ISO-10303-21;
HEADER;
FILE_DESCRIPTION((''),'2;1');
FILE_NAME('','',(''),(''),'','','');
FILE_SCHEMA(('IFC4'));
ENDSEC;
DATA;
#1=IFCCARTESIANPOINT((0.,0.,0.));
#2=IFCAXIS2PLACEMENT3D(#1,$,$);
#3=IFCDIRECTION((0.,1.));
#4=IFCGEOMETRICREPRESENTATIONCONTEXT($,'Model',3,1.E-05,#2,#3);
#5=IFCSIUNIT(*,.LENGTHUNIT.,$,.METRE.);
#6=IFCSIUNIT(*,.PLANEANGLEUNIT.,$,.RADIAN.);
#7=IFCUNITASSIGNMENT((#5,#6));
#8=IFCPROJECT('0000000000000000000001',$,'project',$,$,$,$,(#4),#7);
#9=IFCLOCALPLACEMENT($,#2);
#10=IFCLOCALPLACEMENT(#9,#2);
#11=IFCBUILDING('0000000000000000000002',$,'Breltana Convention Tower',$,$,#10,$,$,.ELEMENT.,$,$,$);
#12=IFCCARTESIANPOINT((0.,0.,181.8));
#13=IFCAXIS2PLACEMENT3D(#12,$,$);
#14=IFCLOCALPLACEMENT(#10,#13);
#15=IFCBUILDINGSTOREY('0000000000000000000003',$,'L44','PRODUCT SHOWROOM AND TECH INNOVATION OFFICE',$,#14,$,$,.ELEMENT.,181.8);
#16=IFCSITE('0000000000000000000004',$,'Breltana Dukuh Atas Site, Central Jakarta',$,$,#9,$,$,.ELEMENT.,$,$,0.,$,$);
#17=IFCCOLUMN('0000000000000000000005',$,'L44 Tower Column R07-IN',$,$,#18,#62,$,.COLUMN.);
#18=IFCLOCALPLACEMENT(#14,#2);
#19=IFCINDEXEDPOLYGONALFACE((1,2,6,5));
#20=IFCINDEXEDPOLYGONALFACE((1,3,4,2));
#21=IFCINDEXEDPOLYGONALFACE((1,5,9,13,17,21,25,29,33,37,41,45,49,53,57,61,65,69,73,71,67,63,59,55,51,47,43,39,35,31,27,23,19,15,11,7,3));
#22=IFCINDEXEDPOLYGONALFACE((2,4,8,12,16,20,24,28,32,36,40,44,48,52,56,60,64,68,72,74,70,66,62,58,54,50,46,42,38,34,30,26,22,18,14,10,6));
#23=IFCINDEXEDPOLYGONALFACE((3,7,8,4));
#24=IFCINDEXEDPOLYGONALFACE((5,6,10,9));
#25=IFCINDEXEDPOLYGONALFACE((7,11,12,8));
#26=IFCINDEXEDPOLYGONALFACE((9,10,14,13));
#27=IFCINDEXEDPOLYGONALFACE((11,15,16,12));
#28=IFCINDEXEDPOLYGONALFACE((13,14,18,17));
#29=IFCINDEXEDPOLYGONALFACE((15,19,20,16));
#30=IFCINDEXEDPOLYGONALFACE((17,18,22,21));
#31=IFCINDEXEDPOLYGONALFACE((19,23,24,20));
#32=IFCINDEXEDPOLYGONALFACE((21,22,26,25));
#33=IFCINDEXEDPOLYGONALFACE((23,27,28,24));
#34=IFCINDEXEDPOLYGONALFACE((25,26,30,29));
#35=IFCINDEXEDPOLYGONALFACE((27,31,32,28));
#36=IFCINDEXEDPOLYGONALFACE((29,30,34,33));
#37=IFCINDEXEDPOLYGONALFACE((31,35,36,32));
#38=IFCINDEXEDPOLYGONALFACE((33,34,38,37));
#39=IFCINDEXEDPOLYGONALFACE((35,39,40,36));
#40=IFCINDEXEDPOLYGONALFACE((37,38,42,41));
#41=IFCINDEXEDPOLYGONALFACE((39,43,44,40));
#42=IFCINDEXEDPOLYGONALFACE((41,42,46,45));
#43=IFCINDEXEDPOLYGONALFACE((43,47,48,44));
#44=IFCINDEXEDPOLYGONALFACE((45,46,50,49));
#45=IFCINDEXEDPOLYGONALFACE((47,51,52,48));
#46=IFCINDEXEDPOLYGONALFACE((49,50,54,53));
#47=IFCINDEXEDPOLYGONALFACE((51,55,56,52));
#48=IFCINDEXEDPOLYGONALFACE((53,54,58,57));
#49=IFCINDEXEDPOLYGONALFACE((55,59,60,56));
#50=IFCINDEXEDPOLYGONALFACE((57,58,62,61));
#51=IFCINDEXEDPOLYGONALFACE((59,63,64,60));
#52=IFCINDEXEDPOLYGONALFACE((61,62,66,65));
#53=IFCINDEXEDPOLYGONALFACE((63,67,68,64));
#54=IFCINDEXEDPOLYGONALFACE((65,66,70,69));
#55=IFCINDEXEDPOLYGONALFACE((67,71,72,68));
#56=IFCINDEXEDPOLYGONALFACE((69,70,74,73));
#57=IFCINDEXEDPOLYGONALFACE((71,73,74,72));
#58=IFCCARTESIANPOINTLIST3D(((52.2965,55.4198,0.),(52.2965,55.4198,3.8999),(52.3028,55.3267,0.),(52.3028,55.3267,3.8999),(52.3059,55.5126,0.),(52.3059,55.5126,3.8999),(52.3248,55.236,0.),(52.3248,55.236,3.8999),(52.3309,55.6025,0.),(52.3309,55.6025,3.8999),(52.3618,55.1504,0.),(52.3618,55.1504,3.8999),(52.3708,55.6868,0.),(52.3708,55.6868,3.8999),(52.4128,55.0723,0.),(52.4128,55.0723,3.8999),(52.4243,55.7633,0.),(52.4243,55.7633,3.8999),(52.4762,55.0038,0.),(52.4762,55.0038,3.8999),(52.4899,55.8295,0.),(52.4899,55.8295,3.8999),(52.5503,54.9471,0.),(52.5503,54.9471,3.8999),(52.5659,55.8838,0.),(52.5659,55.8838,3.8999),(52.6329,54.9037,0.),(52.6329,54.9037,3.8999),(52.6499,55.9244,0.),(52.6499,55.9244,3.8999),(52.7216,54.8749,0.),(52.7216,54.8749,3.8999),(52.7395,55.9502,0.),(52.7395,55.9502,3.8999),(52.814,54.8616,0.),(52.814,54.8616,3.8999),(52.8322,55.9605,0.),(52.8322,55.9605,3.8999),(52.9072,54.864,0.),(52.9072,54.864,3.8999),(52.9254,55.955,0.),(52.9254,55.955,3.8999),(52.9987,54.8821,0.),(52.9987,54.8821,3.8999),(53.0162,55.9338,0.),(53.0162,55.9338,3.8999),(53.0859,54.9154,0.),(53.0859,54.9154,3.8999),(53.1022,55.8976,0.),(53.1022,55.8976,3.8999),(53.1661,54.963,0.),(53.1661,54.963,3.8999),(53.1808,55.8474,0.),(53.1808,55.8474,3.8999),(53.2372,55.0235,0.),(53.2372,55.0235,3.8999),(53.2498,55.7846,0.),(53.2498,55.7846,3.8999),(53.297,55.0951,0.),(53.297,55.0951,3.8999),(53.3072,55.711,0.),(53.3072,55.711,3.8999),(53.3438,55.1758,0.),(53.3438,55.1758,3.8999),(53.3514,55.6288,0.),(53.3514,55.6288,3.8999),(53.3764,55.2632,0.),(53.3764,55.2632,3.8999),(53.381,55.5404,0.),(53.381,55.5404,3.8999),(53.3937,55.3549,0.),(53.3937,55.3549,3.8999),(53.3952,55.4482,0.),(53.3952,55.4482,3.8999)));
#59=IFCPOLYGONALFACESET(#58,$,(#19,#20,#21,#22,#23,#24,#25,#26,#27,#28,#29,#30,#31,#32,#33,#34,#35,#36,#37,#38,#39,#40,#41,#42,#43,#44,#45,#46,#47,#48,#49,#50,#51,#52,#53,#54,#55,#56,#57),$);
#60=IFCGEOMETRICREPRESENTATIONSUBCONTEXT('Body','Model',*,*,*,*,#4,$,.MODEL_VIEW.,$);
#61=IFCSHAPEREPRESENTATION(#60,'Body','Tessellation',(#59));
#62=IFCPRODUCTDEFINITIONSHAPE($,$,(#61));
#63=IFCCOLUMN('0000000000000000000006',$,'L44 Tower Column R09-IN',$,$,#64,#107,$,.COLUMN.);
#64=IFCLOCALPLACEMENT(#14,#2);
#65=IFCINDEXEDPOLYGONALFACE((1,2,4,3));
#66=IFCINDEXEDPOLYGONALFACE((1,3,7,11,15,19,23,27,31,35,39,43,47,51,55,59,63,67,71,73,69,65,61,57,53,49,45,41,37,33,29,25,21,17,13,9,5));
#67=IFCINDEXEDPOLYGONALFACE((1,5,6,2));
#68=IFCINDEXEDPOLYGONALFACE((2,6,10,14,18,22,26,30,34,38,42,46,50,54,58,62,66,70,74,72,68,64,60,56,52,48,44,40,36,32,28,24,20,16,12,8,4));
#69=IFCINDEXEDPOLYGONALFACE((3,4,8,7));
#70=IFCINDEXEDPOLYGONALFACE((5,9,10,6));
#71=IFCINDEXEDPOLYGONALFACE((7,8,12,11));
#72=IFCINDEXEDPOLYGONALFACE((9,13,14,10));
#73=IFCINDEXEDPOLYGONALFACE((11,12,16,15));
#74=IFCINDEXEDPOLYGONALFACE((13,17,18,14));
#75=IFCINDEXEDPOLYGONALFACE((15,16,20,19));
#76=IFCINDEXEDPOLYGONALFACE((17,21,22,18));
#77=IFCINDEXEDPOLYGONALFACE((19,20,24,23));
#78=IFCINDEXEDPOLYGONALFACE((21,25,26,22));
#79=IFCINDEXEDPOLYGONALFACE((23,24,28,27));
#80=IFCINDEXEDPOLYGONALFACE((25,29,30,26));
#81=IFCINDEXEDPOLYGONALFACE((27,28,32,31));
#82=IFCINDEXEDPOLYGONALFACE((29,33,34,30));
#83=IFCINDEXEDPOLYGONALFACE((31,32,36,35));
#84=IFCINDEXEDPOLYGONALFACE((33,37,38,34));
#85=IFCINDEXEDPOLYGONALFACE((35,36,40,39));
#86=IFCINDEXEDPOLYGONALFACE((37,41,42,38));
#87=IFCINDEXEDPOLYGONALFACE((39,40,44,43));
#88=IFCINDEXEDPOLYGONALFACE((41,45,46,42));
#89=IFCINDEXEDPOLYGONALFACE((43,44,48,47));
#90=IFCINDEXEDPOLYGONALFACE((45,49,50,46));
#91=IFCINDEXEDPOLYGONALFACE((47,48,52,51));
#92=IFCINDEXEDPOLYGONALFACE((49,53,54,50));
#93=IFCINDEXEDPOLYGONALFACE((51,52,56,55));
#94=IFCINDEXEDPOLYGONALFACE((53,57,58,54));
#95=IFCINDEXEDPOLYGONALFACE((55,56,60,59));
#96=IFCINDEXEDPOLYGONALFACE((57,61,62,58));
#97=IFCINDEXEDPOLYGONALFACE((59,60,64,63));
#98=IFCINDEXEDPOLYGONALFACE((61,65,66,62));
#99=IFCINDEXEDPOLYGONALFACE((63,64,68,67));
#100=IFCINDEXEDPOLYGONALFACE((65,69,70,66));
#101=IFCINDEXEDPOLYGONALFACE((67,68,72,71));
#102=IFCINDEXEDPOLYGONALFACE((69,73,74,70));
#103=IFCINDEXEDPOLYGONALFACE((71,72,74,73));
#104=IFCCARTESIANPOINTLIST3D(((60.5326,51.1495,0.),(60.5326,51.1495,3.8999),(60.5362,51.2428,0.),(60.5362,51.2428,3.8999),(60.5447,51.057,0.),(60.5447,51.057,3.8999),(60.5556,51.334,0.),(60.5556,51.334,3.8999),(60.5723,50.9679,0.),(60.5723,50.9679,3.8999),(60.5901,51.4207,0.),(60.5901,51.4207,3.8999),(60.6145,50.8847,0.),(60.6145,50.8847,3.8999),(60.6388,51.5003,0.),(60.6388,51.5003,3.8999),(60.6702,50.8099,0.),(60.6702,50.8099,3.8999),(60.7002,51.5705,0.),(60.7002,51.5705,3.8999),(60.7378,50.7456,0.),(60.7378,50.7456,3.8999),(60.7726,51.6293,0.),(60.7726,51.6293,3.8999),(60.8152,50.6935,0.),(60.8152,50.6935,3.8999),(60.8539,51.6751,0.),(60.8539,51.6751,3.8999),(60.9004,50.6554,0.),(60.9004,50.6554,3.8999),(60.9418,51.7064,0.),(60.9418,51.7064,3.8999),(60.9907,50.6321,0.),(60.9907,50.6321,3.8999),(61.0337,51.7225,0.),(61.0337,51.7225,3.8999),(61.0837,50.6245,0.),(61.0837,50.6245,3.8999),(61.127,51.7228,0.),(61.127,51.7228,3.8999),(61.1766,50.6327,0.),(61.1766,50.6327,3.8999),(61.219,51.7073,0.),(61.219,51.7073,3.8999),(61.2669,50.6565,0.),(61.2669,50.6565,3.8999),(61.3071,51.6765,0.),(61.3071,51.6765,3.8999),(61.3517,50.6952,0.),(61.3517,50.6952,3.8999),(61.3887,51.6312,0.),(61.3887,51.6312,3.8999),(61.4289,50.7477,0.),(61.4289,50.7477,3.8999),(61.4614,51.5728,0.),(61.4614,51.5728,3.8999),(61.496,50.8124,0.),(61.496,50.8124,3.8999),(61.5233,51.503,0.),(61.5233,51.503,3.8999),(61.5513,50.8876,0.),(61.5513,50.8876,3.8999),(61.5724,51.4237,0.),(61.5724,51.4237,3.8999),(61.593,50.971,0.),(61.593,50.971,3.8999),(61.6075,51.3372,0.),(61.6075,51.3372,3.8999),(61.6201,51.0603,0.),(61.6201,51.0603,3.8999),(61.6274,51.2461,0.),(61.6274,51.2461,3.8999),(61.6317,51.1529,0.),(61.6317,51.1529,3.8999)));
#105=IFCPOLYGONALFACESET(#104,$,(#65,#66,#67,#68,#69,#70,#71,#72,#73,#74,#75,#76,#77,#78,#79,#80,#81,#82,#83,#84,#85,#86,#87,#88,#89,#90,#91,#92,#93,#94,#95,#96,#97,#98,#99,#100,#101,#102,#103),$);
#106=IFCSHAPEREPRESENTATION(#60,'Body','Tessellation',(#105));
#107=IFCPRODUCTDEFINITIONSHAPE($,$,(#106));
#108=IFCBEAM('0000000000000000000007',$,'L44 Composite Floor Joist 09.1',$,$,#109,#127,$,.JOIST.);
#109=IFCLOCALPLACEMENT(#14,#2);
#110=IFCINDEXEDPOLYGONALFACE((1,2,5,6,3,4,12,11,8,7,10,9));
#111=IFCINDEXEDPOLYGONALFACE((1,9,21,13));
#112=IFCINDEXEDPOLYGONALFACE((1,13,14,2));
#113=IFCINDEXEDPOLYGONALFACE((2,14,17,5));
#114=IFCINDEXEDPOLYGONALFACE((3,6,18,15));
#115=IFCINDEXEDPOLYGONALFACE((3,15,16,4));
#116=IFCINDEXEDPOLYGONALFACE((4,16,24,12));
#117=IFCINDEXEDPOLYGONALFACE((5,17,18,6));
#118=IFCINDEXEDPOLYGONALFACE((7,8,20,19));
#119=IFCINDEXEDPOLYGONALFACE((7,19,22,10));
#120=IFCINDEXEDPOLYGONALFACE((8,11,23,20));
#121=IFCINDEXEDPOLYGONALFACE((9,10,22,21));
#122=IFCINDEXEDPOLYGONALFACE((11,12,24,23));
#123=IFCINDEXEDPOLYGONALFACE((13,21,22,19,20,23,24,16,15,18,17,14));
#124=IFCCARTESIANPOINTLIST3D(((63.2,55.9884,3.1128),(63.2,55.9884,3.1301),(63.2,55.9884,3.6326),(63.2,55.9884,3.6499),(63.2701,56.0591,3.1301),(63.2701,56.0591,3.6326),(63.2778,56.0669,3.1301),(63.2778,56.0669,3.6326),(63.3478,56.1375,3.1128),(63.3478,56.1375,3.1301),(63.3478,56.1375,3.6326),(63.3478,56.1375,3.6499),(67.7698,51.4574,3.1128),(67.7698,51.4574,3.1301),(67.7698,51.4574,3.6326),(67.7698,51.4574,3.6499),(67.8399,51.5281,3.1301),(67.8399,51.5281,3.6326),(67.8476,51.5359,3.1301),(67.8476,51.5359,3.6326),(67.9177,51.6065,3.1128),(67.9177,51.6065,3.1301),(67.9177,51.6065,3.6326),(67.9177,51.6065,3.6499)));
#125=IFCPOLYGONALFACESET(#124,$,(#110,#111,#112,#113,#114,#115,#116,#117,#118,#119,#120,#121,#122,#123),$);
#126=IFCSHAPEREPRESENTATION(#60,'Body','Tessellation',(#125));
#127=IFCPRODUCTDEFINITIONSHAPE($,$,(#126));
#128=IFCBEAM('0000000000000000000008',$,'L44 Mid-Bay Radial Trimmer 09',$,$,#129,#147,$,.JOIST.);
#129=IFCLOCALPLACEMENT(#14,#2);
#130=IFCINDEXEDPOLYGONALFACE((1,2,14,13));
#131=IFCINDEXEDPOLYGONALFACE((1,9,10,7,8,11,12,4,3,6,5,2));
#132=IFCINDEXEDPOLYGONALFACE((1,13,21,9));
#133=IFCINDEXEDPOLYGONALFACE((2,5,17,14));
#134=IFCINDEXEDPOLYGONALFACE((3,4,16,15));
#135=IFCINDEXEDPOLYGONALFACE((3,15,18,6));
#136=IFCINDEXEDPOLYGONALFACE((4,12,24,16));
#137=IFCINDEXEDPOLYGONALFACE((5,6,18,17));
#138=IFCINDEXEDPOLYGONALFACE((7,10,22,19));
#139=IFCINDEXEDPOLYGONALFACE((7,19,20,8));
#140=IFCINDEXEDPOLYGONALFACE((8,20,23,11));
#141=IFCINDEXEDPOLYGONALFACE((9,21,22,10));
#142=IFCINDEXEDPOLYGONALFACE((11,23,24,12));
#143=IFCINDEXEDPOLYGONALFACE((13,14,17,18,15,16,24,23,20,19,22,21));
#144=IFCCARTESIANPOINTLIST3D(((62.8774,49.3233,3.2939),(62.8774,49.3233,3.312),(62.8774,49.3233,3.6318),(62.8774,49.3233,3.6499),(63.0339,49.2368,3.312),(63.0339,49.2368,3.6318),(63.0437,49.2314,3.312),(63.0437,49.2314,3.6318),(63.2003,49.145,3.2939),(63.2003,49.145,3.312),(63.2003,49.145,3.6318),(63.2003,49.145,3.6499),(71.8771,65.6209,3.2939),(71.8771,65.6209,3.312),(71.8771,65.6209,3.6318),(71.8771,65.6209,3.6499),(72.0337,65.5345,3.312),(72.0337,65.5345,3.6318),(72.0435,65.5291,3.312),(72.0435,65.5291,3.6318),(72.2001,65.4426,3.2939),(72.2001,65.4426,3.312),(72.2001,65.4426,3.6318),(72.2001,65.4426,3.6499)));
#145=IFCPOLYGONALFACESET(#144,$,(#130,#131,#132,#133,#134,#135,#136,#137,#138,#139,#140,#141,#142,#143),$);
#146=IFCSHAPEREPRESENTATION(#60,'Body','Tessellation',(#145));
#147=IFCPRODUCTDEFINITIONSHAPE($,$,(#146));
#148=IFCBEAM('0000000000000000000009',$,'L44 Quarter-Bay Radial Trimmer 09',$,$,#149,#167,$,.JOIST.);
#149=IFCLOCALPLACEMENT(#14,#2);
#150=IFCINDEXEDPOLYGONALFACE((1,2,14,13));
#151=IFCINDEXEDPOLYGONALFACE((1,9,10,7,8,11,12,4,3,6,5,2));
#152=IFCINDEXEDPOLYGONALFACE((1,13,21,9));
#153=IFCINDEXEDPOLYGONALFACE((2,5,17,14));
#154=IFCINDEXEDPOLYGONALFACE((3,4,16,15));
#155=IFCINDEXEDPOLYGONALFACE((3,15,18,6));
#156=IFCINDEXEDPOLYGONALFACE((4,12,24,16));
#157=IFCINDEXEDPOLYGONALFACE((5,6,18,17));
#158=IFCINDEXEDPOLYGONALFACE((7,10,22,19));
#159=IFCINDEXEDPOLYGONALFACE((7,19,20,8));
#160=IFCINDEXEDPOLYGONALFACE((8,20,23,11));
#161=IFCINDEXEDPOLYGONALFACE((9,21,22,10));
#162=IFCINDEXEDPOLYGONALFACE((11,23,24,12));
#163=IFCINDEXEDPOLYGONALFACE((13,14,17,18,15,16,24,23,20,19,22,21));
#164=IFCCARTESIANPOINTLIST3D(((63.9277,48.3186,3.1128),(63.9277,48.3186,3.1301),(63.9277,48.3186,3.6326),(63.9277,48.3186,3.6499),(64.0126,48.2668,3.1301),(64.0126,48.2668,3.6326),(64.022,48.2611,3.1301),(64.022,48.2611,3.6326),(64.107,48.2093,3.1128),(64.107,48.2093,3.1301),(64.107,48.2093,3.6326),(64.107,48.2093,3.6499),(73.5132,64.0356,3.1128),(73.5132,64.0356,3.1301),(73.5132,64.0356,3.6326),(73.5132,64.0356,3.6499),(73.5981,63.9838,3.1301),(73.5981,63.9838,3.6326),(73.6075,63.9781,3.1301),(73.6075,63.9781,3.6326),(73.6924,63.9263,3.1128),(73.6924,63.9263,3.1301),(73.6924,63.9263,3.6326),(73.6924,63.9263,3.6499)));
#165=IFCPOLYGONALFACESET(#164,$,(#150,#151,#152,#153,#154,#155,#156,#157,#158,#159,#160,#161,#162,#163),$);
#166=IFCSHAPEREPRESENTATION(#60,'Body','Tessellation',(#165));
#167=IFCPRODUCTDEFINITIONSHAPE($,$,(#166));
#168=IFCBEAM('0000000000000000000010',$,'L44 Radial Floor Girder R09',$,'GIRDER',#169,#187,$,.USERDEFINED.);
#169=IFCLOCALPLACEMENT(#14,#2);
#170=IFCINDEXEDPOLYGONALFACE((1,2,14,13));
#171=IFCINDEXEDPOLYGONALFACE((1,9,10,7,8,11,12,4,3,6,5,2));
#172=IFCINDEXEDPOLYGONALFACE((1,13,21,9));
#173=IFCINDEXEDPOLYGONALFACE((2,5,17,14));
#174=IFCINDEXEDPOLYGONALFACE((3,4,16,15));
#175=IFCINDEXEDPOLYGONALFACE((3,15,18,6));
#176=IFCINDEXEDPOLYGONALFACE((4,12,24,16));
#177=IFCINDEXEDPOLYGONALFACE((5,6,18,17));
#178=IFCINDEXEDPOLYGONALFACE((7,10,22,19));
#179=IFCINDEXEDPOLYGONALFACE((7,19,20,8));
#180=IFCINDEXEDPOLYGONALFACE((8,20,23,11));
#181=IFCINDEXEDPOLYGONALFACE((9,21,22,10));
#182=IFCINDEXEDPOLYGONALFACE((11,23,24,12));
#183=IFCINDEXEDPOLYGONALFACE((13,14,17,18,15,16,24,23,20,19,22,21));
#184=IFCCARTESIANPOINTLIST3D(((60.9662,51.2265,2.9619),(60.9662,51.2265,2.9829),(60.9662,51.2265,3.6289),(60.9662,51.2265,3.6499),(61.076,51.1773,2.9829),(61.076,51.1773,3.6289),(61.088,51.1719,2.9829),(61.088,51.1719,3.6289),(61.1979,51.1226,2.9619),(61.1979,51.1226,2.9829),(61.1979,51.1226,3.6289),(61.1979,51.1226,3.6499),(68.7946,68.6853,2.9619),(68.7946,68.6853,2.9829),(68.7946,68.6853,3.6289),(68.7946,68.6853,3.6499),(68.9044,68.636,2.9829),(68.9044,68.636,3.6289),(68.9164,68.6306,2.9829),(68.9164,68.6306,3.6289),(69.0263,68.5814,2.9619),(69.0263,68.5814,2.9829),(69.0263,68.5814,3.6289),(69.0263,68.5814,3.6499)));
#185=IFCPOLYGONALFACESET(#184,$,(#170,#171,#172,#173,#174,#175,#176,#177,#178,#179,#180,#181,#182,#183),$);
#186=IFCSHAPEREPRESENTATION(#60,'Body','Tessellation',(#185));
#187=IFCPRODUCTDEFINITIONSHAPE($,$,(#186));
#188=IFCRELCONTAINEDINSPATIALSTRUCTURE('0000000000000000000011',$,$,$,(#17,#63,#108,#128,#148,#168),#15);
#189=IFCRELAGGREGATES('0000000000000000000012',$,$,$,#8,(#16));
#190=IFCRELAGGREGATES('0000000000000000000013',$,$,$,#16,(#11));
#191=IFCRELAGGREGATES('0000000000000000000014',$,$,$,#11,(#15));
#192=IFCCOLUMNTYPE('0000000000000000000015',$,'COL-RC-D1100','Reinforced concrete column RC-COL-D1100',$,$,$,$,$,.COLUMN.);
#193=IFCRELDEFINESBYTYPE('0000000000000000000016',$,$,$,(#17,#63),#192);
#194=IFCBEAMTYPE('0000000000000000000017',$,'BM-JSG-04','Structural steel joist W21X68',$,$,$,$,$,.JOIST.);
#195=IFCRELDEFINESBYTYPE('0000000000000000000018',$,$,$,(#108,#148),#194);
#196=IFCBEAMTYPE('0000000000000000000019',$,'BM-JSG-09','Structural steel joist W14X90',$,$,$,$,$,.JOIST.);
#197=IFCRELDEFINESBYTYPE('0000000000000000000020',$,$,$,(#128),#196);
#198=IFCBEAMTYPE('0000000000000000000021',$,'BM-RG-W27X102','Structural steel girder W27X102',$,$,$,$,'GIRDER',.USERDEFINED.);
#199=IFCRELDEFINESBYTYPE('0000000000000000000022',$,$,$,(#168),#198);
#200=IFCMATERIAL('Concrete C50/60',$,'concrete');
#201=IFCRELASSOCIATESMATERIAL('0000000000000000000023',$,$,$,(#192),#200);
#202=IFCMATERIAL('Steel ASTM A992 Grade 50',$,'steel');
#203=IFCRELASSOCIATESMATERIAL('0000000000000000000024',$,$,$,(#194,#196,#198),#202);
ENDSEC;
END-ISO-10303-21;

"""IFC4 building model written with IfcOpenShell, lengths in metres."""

from ifc_helpers import new_model, si_unit, direction, frame, origin, origin_2d, place, context, subcontext, project, spatial, circle, i_section, extrude, source, transform, mapped, material, material_profile, profile_set, type_object, element, save


model = new_model("IFC4")

# Units and contexts
model_context = context("Model", 3, precision=1e-05, world=origin(), true_north=direction((0.0, 1.0)))
body_context = subcontext(model_context, "Body", "Model", "MODEL_VIEW")
ifc_project = project(units=[si_unit("LENGTHUNIT", "METRE"), si_unit("PLANEANGLEUNIT", "RADIAN")], contexts=[model_context])

# Site, building, storey
site_placement = place(None, origin())
site = spatial("IfcSite", under=ifc_project, at=site_placement, Name="Breltana Dukuh Atas Site, Central Jakarta", CompositionType="ELEMENT", RefElevation=0.0)
building_placement = place(site_placement, origin())
building = spatial("IfcBuilding", under=site, at=building_placement, Name="Breltana Convention Tower", CompositionType="ELEMENT")
storey_placement = place(building_placement, frame((0.0, 0.0, 181.8)))
storey = spatial("IfcBuildingStorey", under=building, at=storey_placement, Name="L44", Description="PRODUCT SHOWROOM AND TECH INNOVATION OFFICE", CompositionType="ELEMENT", Elevation=181.8)

# Columns
ifc_material_1 = material(Name="Concrete C50/60", Category="concrete")
ifc_material_profile_1 = material_profile(ifc_material_1, circle(Radius=0.55, at=origin_2d()), Name="RC-COL-D1100")
ifc_profile_set_1 = profile_set([ifc_material_profile_1], Name="Concrete C50/60")
column_type = type_object("IfcColumnType", Name="COL-RC-D1100", Description="Reinforced concrete column RC-COL-D1100", PredefinedType="COLUMN", material=ifc_profile_set_1)
shared_shape_1 = source(origin(), body_context, "Body", "SweptSolid", [
    extrude(circle(Radius=0.55, at=origin_2d()), origin(), (0.0, 0.0, 1.0), 3.8999),
])
for number, where, z_axis, x_axis, name in (
    (1, (52.8464, 55.4106, 0.0), (0.0, 0.0, 1.0), (0.143493, 0.989651, 0.0), "L44 Tower Column R07-IN"),
    (2, (61.082, 51.1746, 0.0), (0.0, 0.0, 1.0), (0.409127, 0.912477, 0.0), "L44 Tower Column R09-IN"),
):
    element("IfcColumn", number, at=place(storey_placement, frame(where, z_axis=z_axis, x_axis=x_axis)), inside=storey, type_object=column_type, Name=name, PredefinedType="COLUMN", context=body_context, shape_type="MappedRepresentation", body=[
        mapped(shared_shape_1, transform((0.0, 0.0, 0.0), scale=1.0)),
    ])

# Beams
ifc_material_2 = material(Name="Steel ASTM A992 Grade 50", Category="steel")
ifc_material_profile_2 = material_profile(ifc_material_2, i_section(OverallWidth=0.21, OverallDepth=0.5371, WebThickness=0.011, FlangeThickness=0.0173, at=origin_2d()), Name="W21X68")
ifc_profile_set_2 = profile_set([ifc_material_profile_2], Name="Steel ASTM A992 Grade 50")
beam_type_1 = type_object("IfcBeamType", Name="BM-JSG-04", Description="Structural steel joist W21X68", PredefinedType="JOIST", material=ifc_profile_set_2)
shared_shape_2 = source(origin(), body_context, "Body", "SweptSolid", [
    extrude(i_section(OverallWidth=0.21, OverallDepth=0.5371, WebThickness=0.011, FlangeThickness=0.0173, at=origin_2d()), origin(), (0.0, 0.0, 1.0), 6.4353),
])
beam_1_placement = place(storey_placement, frame((63.2739, 56.063, 3.3813), z_axis=(0.710116, -0.704084, 0.0), x_axis=(0.704084, 0.710116, 0.0)))
element("IfcBeam", 3, at=beam_1_placement, inside=storey, type_object=beam_type_1, Name="L44 Composite Floor Joist 09.1", PredefinedType="JOIST", context=body_context, shape_type="MappedRepresentation", body=[
    mapped(shared_shape_2, transform((0.0, 0.0, 0.0), scale=1.0)),
])
ifc_material_profile_3 = material_profile(ifc_material_2, i_section(OverallWidth=0.3689, OverallDepth=0.356, WebThickness=0.0112, FlangeThickness=0.0181, at=origin_2d()), Name="W14X90")
ifc_profile_set_3 = profile_set([ifc_material_profile_3], Name="Steel ASTM A992 Grade 50")
beam_type_2 = type_object("IfcBeamType", Name="BM-JSG-09", Description="Structural steel joist W14X90", PredefinedType="JOIST", material=ifc_profile_set_3)
shared_shape_3 = source(origin(), body_context, "Body", "SweptSolid", [
    extrude(i_section(OverallWidth=0.3689, OverallDepth=0.356, WebThickness=0.0112, FlangeThickness=0.0181, at=origin_2d()), origin(), (0.0, 0.0, 1.0), 18.6174),
])
beam_2_placement = place(storey_placement, frame((63.0388, 49.2341, 3.4719), z_axis=(0.483406, 0.875396, 0.0), x_axis=(-0.875396, 0.483406, 0.0)))
element("IfcBeam", 4, at=beam_2_placement, inside=storey, type_object=beam_type_2, Name="L44 Mid-Bay Radial Trimmer 09", PredefinedType="JOIST", context=body_context, shape_type="MappedRepresentation", body=[
    mapped(shared_shape_3, transform((0.0, 0.0, 0.0), scale=1.0)),
])
shared_shape_4 = source(origin(), body_context, "Body", "SweptSolid", [
    extrude(i_section(OverallWidth=0.21, OverallDepth=0.5371, WebThickness=0.011, FlangeThickness=0.0173, at=origin_2d()), origin(), (0.0, 0.0, 1.0), 18.4094),
])
beam_3_placement = place(storey_placement, frame((64.0173, 48.2639, 3.3813), z_axis=(0.520682, 0.853751, 0.0), x_axis=(-0.853751, 0.520682, 0.0)))
element("IfcBeam", 5, at=beam_3_placement, inside=storey, type_object=beam_type_1, Name="L44 Quarter-Bay Radial Trimmer 09", PredefinedType="JOIST", context=body_context, shape_type="MappedRepresentation", body=[
    mapped(shared_shape_4, transform((0.0, 0.0, 0.0), scale=1.0)),
])
ifc_material_profile_4 = material_profile(ifc_material_2, i_section(OverallWidth=0.2539, OverallDepth=0.688, WebThickness=0.0132, FlangeThickness=0.021, at=origin_2d()), Name="W27X102")
ifc_profile_set_4 = profile_set([ifc_material_profile_4], Name="Steel ASTM A992 Grade 50")
beam_type_3 = type_object("IfcBeamType", Name="BM-RG-W27X102", Description="Structural steel girder W27X102", ElementType="GIRDER", PredefinedType="USERDEFINED", material=ifc_profile_set_4)
shared_shape_5 = source(origin(), body_context, "Body", "SweptSolid", [
    extrude(i_section(OverallWidth=0.2539, OverallDepth=0.688, WebThickness=0.0132, FlangeThickness=0.021, at=origin_2d()), origin(), (0.0, 0.0, 1.0), 19.1335),
])
beam_4_placement = place(storey_placement, frame((61.082, 51.1746, 3.3059), z_axis=(0.409145, 0.91247, 0.0), x_axis=(-0.91247, 0.409145, 0.0)))
element("IfcBeam", 6, at=beam_4_placement, inside=storey, type_object=beam_type_3, Name="L44 Radial Floor Girder R09", ObjectType="GIRDER", PredefinedType="USERDEFINED", context=body_context, shape_type="MappedRepresentation", body=[
    mapped(shared_shape_5, transform((0.0, 0.0, 0.0), scale=1.0)),
])

save(model, "model.ifc")
